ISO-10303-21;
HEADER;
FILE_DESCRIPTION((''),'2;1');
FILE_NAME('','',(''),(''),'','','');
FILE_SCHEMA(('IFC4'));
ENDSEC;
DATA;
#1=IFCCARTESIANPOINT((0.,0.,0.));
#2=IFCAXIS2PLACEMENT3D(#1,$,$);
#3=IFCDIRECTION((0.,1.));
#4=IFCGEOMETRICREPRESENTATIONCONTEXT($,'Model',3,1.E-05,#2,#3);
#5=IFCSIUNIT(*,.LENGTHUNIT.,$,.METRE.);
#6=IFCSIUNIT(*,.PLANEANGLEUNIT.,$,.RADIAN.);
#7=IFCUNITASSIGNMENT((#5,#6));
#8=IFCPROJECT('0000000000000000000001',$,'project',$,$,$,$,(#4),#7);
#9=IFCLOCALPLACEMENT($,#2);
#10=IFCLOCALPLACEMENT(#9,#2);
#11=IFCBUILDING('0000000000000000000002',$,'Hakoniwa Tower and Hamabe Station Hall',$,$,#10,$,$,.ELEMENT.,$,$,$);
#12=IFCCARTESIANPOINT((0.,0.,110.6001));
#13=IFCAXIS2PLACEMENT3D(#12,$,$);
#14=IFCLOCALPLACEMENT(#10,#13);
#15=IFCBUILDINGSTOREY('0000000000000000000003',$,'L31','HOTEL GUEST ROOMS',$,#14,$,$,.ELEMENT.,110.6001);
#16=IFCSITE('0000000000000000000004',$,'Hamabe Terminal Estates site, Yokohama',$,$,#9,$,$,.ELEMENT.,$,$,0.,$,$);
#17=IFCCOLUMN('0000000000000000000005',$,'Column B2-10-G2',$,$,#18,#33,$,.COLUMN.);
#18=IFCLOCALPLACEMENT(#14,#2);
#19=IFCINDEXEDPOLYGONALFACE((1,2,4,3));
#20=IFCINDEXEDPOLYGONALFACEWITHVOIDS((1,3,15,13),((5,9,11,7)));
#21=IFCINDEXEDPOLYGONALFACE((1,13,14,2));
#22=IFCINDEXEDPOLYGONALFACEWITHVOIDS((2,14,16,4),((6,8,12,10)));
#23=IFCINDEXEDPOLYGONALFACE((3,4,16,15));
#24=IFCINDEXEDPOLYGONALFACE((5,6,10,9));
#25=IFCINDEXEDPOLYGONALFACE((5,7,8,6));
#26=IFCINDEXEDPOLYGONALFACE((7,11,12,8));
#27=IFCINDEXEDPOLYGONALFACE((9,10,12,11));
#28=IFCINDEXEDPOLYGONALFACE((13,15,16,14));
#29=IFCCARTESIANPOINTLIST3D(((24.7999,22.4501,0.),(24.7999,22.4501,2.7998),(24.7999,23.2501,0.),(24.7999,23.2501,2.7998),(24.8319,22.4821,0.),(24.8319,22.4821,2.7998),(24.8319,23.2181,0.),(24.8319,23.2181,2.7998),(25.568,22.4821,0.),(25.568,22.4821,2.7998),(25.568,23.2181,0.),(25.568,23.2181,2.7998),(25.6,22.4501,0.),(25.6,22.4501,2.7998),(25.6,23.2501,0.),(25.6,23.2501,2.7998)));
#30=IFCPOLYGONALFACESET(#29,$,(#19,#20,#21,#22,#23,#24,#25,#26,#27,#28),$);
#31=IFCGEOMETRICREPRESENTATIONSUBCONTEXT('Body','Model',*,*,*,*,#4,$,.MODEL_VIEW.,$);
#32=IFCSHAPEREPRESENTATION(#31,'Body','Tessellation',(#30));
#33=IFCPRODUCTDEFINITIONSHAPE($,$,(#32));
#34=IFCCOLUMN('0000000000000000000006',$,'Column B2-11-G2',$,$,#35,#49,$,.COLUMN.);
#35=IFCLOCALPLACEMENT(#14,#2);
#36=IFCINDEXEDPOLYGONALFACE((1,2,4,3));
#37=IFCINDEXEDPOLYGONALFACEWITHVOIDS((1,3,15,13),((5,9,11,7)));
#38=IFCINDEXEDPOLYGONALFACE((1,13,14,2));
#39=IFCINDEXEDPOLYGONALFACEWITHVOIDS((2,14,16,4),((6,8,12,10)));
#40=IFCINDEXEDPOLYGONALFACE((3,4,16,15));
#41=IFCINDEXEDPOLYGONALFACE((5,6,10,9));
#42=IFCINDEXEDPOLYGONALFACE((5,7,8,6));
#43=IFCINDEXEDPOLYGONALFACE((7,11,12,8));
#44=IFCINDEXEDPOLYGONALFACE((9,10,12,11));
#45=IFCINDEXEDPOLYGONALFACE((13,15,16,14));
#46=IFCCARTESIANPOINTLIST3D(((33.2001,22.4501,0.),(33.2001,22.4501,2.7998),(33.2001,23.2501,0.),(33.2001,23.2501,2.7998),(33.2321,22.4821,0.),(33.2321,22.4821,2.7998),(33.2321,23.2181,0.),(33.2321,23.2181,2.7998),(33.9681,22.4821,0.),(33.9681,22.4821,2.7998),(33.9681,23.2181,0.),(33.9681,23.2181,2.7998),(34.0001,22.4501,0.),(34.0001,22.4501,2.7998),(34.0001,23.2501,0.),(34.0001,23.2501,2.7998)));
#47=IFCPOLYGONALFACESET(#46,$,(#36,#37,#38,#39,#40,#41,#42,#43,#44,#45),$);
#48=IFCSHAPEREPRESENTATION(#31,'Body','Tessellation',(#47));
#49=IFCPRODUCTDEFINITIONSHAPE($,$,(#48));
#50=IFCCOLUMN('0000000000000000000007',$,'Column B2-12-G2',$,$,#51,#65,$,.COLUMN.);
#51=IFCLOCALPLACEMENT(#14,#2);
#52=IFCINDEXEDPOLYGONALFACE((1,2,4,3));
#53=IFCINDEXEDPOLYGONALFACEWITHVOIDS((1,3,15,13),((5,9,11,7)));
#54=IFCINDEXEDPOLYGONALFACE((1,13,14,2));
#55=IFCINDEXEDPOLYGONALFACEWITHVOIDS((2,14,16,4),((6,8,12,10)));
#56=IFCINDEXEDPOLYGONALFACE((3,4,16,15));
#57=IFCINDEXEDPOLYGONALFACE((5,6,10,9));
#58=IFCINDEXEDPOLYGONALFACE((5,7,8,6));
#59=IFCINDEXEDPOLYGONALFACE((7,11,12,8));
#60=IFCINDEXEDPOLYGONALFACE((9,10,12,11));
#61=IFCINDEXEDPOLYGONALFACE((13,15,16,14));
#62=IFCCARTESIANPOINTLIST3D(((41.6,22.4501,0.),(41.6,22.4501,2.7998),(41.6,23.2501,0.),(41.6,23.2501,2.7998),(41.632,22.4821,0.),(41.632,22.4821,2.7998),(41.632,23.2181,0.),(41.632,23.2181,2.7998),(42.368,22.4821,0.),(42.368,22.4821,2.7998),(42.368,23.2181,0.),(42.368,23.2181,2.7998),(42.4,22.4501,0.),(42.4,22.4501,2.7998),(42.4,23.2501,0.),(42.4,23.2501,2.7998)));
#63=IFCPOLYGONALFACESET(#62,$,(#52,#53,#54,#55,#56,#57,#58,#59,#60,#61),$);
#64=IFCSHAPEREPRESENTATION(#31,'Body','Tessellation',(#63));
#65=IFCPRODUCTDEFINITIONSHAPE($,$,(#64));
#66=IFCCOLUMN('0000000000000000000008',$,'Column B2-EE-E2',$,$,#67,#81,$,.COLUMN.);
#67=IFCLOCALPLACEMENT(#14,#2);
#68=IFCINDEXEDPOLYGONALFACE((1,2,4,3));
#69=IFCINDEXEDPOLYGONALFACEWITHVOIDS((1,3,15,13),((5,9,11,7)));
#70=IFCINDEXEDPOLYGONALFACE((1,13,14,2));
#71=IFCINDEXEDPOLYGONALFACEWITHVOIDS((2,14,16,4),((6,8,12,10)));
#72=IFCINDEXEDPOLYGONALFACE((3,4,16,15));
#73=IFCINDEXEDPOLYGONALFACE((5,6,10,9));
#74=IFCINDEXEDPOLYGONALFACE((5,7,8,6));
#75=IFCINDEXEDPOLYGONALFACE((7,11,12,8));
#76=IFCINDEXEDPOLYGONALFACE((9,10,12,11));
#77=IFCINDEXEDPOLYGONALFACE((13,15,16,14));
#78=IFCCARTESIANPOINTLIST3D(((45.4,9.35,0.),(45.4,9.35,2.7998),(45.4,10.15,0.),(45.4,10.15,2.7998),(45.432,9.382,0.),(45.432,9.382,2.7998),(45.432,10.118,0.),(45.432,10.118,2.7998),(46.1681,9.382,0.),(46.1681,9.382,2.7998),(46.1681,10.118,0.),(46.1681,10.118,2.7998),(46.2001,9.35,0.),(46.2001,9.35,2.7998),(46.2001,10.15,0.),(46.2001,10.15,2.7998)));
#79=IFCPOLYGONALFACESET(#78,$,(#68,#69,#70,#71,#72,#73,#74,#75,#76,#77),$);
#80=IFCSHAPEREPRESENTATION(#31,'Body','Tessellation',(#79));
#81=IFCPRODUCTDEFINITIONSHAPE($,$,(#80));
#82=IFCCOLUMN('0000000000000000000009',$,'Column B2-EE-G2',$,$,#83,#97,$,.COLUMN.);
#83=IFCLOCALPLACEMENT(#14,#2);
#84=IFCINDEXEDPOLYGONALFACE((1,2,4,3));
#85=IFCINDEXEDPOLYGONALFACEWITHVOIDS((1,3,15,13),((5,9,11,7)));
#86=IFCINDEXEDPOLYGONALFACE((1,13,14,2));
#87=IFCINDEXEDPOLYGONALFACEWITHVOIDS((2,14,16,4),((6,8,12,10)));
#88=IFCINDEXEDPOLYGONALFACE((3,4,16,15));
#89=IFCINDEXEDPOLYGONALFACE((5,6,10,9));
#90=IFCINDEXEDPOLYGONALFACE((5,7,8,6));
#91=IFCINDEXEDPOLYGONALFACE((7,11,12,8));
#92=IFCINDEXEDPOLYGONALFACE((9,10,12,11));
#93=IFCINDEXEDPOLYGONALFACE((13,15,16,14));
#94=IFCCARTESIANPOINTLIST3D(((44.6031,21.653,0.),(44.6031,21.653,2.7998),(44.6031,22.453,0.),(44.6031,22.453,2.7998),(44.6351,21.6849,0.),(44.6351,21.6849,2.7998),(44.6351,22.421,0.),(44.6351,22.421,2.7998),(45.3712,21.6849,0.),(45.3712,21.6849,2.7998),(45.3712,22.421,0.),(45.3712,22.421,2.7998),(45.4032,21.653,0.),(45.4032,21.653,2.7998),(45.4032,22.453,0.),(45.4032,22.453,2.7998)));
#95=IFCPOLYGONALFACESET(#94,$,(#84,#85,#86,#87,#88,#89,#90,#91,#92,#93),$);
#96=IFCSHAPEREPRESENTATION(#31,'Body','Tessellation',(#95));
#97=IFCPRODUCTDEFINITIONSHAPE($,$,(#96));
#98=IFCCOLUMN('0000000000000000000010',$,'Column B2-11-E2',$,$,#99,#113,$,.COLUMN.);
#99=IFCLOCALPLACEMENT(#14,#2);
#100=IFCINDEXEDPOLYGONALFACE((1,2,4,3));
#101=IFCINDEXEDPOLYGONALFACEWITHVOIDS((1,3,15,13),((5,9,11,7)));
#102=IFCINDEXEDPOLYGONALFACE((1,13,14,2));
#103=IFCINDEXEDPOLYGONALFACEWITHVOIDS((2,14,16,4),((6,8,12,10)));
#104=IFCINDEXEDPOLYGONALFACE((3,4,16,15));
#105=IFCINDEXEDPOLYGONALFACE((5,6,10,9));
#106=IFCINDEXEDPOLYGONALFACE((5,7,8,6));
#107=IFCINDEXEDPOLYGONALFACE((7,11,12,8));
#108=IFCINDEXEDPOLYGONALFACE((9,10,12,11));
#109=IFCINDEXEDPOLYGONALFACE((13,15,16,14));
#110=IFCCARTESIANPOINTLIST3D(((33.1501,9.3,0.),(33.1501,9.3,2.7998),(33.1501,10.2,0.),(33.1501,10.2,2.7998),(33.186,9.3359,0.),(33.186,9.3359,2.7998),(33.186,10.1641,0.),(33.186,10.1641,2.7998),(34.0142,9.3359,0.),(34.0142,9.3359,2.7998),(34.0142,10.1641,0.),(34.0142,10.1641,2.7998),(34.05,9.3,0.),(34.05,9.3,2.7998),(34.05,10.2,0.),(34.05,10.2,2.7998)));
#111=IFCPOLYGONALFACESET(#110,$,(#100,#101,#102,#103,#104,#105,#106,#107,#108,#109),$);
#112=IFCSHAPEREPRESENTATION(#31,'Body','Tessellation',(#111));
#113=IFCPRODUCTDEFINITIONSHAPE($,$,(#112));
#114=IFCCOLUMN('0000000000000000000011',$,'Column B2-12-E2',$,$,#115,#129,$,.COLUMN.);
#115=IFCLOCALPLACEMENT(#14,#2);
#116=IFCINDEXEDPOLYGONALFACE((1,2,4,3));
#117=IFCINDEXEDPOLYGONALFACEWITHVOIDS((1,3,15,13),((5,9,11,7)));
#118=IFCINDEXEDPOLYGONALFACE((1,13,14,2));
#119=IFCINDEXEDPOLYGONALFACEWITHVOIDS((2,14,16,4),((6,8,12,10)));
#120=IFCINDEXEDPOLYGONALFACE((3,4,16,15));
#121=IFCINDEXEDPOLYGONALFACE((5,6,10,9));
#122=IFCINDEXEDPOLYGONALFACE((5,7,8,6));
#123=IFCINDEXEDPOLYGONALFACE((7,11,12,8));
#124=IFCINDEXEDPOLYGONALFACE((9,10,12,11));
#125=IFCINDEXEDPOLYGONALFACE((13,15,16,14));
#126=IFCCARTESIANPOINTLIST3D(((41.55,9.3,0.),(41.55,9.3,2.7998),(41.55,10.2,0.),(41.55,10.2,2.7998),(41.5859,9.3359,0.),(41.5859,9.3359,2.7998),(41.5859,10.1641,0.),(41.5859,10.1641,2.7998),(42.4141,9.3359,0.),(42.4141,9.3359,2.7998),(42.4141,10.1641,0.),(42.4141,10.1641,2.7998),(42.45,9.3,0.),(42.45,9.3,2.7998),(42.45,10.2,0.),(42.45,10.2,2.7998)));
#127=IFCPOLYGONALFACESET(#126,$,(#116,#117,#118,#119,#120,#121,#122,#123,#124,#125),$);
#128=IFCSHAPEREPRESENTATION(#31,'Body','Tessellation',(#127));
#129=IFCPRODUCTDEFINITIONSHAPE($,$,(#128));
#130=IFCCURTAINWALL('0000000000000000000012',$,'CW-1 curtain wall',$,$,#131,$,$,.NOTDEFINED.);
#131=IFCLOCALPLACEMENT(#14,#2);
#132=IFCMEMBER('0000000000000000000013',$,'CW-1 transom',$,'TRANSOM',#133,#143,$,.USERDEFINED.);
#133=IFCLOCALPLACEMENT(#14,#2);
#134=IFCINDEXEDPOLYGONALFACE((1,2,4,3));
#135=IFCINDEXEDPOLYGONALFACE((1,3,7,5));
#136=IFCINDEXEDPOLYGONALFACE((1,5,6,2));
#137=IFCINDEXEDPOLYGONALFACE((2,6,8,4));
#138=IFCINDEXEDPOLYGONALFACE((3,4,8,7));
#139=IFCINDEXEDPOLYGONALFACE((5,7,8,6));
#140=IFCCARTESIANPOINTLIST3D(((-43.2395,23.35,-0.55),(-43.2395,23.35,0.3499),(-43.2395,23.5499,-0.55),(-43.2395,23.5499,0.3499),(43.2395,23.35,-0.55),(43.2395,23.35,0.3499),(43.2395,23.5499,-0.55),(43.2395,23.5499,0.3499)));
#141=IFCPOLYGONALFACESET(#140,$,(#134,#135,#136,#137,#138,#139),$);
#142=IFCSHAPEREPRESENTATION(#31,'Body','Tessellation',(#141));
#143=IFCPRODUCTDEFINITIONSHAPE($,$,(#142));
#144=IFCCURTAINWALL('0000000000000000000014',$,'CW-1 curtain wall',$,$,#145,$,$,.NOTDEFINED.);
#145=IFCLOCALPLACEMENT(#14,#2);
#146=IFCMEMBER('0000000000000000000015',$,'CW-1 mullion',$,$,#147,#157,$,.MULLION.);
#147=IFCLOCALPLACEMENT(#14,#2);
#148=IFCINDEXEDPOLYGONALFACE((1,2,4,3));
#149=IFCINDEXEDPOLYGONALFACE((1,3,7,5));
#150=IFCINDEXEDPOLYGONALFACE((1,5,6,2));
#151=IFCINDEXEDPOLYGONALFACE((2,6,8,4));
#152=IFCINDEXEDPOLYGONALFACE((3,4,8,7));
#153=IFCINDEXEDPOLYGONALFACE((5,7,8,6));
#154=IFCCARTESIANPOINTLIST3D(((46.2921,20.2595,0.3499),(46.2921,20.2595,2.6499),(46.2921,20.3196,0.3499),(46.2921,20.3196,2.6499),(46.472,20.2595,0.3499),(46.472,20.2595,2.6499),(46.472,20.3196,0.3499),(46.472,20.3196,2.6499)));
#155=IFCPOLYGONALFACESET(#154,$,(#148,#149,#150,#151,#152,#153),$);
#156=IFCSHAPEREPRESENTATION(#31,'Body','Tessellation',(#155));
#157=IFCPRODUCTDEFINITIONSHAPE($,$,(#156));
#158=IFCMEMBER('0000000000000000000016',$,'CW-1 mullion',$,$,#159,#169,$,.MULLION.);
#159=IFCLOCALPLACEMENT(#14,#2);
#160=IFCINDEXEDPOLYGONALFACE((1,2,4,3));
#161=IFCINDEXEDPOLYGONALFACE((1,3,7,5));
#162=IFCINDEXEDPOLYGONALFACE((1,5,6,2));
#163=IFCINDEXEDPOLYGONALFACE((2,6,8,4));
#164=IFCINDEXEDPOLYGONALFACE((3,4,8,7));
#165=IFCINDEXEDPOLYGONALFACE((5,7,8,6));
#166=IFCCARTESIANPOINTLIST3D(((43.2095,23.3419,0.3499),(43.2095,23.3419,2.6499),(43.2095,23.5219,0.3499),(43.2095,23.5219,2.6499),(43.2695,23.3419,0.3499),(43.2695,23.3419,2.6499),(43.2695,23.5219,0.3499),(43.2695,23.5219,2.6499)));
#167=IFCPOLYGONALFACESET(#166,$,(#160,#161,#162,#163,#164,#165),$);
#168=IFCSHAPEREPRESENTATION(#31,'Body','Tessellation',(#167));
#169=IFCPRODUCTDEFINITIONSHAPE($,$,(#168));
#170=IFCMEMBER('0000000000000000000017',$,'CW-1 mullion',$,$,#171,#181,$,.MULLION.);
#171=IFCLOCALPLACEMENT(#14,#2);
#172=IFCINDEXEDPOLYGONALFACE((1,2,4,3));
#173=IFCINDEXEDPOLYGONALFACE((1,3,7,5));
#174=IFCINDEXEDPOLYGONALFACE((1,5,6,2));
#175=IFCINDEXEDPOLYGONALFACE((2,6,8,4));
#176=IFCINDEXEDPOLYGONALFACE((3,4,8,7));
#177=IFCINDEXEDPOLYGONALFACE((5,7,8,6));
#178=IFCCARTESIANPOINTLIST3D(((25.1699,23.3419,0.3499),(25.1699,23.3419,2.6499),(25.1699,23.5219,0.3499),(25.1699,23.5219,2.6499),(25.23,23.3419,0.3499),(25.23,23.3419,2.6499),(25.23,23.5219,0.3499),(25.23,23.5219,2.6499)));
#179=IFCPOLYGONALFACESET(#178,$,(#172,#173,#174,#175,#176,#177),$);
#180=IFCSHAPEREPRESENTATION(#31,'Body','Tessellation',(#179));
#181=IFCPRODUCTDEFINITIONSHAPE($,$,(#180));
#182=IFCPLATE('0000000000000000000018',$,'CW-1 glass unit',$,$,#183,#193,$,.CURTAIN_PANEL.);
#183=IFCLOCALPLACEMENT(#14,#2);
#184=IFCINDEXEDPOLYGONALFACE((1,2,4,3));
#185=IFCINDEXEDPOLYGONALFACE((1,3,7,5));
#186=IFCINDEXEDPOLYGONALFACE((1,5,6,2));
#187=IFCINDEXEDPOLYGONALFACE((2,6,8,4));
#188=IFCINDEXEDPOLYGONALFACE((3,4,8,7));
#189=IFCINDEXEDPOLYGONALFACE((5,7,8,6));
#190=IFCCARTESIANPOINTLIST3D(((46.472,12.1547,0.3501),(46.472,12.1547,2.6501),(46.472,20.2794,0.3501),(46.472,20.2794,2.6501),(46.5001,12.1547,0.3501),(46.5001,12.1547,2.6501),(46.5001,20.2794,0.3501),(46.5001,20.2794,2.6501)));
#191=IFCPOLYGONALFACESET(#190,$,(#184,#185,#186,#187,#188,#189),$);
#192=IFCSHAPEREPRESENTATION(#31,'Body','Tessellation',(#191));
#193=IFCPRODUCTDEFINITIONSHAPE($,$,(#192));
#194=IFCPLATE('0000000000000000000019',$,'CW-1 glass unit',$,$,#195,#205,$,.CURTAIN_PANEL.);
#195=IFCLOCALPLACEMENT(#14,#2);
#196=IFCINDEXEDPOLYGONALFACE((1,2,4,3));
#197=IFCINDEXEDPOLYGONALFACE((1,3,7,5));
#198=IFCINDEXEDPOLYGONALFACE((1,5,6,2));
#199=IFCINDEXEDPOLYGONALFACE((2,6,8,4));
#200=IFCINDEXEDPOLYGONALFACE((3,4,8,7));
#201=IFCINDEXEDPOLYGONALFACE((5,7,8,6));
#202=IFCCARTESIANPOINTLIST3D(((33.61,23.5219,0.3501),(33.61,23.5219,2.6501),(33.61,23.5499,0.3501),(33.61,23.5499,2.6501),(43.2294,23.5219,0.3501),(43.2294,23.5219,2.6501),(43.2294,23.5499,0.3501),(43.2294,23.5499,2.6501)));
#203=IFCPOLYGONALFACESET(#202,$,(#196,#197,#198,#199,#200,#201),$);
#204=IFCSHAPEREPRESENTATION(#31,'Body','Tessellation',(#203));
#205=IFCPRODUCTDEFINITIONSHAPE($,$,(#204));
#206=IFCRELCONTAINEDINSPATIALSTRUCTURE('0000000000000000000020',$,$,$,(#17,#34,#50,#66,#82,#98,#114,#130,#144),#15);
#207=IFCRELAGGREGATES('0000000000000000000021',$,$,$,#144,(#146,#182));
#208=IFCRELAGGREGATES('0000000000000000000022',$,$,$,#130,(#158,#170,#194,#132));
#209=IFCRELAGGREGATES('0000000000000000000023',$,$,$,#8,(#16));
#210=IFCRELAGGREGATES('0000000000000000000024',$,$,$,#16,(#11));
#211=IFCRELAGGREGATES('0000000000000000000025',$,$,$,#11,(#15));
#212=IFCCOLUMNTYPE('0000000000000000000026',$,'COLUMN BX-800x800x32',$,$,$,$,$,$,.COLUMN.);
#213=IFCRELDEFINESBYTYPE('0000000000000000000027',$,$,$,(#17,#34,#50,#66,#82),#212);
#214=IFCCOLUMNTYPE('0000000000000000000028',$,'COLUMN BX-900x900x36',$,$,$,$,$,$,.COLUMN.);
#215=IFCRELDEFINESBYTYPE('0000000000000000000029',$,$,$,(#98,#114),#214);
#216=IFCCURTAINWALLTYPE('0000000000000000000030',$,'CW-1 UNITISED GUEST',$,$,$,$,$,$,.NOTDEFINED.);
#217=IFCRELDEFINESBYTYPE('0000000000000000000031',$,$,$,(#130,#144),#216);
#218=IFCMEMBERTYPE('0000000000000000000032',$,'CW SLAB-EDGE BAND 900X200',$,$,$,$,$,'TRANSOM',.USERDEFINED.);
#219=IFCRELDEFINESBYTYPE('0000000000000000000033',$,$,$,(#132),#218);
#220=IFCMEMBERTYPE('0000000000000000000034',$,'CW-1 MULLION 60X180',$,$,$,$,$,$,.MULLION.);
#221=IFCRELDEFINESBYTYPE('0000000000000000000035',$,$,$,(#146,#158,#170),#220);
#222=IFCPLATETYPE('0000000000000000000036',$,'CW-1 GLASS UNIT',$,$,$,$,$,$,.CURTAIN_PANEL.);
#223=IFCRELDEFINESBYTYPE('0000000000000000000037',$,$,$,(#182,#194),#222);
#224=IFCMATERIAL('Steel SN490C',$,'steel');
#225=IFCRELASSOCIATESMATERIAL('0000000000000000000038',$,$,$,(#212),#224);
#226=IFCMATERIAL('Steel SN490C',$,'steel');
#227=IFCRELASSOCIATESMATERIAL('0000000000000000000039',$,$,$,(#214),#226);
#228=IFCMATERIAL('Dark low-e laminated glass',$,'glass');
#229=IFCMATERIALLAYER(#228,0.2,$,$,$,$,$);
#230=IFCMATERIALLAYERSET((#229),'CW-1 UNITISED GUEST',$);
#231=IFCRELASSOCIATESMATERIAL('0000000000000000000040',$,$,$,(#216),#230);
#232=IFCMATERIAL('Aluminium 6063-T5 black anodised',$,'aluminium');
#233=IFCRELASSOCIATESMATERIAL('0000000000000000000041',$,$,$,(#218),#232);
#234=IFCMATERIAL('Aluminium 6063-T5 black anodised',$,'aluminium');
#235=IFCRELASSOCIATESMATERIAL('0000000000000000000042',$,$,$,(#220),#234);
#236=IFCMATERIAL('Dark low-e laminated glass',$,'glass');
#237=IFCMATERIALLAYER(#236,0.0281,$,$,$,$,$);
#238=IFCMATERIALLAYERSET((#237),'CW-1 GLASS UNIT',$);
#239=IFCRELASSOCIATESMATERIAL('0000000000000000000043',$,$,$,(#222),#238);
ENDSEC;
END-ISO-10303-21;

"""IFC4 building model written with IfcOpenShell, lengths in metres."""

from ifc_helpers import new_model, si_unit, direction, frame, origin, origin_2d, place, context, subcontext, project, spatial, rectangle, hollow_rectangle, extrude, material, layer, layer_set, material_profile, profile_set, type_object, element, aggregate, save


model = new_model("IFC4")

# Units and contexts
model_context = context("Model", 3, precision=1e-05, world=origin(), true_north=direction((0.0, 1.0)))
body_context = subcontext(model_context, "Body", "Model", "MODEL_VIEW")
ifc_project = project(units=[si_unit("LENGTHUNIT", "METRE"), si_unit("PLANEANGLEUNIT", "RADIAN")], contexts=[model_context])

# Site, building, storey
site_placement = place(None, origin())
site = spatial("IfcSite", under=ifc_project, at=site_placement, Name="Hamabe Terminal Estates site, Yokohama", CompositionType="ELEMENT", RefElevation=0.0)
building_placement = place(site_placement, origin())
building = spatial("IfcBuilding", under=site, at=building_placement, Name="Hakoniwa Tower and Hamabe Station Hall", CompositionType="ELEMENT")
storey_placement = place(building_placement, frame((0.0, 0.0, 110.6001)))
storey = spatial("IfcBuildingStorey", under=building, at=storey_placement, Name="L31", Description="HOTEL GUEST ROOMS", CompositionType="ELEMENT", Elevation=110.6001)

# Columns
ifc_material_1 = material(Name="Steel SN490C", Category="steel")
ifc_material_profile_1 = material_profile(ifc_material_1, hollow_rectangle(XDim=0.8, YDim=0.8, WallThickness=0.032, at=origin_2d()), Name="BX-800x800x32")
ifc_profile_set_1 = profile_set([ifc_material_profile_1], Name="Steel SN490C")
column_type_1 = type_object("IfcColumnType", Name="COLUMN BX-800x800x32", PredefinedType="COLUMN", material=ifc_profile_set_1)
for number, where, z_axis, x_axis, name in (
    (1, (25.2, 22.8501, 0.0), (0.0, 0.0, 1.0), (1.0, 0.0, 0.0), "Column B2-10-G2"),
    (2, (33.6001, 22.8501, 0.0), (0.0, 0.0, 1.0), (1.0, 0.0, 0.0), "Column B2-11-G2"),
    (3, (42.0, 22.8501, 0.0), (0.0, 0.0, 1.0), (1.0, 0.0, 0.0), "Column B2-12-G2"),
    (4, (45.8, 9.75, 0.0), (0.0, 0.0, 1.0), (1.0, 0.0, 0.0), "Column B2-EE-E2"),
    (5, (45.0032, 22.053, 0.0), (0.0, 0.0, 1.0), (1.0, 0.0, 0.0), "Column B2-EE-G2"),
):
    element("IfcColumn", number, at=place(storey_placement, frame(where, z_axis=z_axis, x_axis=x_axis)), inside=storey, type_object=column_type_1, Name=name, PredefinedType="COLUMN", context=body_context, shape_type="SweptSolid", body=[
        extrude(hollow_rectangle(XDim=0.8, YDim=0.8, WallThickness=0.032, at=origin_2d()), origin(), (0.0, 0.0, 1.0), 2.7998),
    ])
ifc_material_2 = material(Name="Steel SN490C", Category="steel")
ifc_material_profile_2 = material_profile(ifc_material_2, hollow_rectangle(XDim=0.8999, YDim=0.8999, WallThickness=0.0359, at=origin_2d()), Name="BX-900x900x36")
ifc_profile_set_2 = profile_set([ifc_material_profile_2], Name="Steel SN490C")
column_type_2 = type_object("IfcColumnType", Name="COLUMN BX-900x900x36", PredefinedType="COLUMN", material=ifc_profile_set_2)
for number, where, z_axis, x_axis, name in (
    (6, (33.6001, 9.75, 0.0), (0.0, 0.0, 1.0), (1.0, 0.0, 0.0), "Column B2-11-E2"),
    (7, (42.0, 9.75, 0.0), (0.0, 0.0, 1.0), (1.0, 0.0, 0.0), "Column B2-12-E2"),
):
    element("IfcColumn", number, at=place(storey_placement, frame(where, z_axis=z_axis, x_axis=x_axis)), inside=storey, type_object=column_type_2, Name=name, PredefinedType="COLUMN", context=body_context, shape_type="SweptSolid", body=[
        extrude(hollow_rectangle(XDim=0.8999, YDim=0.8999, WallThickness=0.0359, at=origin_2d()), origin(), (0.0, 0.0, 1.0), 2.7998),
    ])

# Curtain walls, members
ifc_material_3 = material(Name="Dark low-e laminated glass", Category="glass")
ifc_layer_1 = layer(ifc_material_3, 0.2)
ifc_layer_set_1 = layer_set([ifc_layer_1], Name="CW-1 UNITISED GUEST")
curtain_wall_type = type_object("IfcCurtainWallType", Name="CW-1 UNITISED GUEST", PredefinedType="NOTDEFINED", material=ifc_layer_set_1)
curtain_wall_1_placement = place(storey_placement, origin())
curtain_wall_1 = element("IfcCurtainWall", 8, at=curtain_wall_1_placement, inside=storey, type_object=curtain_wall_type, Name="CW-1 curtain wall", PredefinedType="NOTDEFINED")
ifc_material_4 = material(Name="Aluminium 6063-T5 black anodised", Category="aluminium")
ifc_material_profile_3 = material_profile(ifc_material_4, rectangle(XDim=0.2, YDim=0.8999, at=origin_2d()), Name="CW SLAB-EDGE BAND 900X200")
ifc_profile_set_3 = profile_set([ifc_material_profile_3], Name="Aluminium 6063-T5 black anodised")
member_type_1 = type_object("IfcMemberType", Name="CW SLAB-EDGE BAND 900X200", ElementType="TRANSOM", PredefinedType="USERDEFINED", material=ifc_profile_set_3)
member_1_placement = place(storey_placement, frame((43.2395, 23.45, -0.1001), z_axis=(-1.0, 0.0, 0.0), x_axis=(0.0, -1.0, 0.0)))
member_1 = element("IfcMember", 9, at=member_1_placement, type_object=member_type_1, Name="CW-1 transom", ObjectType="TRANSOM", PredefinedType="USERDEFINED", context=body_context, shape_type="SweptSolid", body=[
    extrude(rectangle(XDim=0.2, YDim=0.8999, at=origin_2d()), origin(), (0.0, 0.0, 1.0), 86.479),
])
curtain_wall_2_placement = place(storey_placement, origin())
curtain_wall_2 = element("IfcCurtainWall", 10, at=curtain_wall_2_placement, inside=storey, type_object=curtain_wall_type, Name="CW-1 curtain wall", PredefinedType="NOTDEFINED")
ifc_material_5 = material(Name="Aluminium 6063-T5 black anodised", Category="aluminium")
ifc_material_profile_4 = material_profile(ifc_material_5, rectangle(XDim=0.0601, YDim=0.1799, at=origin_2d()), Name="CW-1 MULLION 60X180")
ifc_profile_set_4 = profile_set([ifc_material_profile_4], Name="Aluminium 6063-T5 black anodised")
member_type_2 = type_object("IfcMemberType", Name="CW-1 MULLION 60X180", PredefinedType="MULLION", material=ifc_profile_set_4)
member_2_placement = place(storey_placement, frame((46.3821, 20.2896, 0.3499), z_axis=(0.0, 0.0, 1.0), x_axis=(0.0, 1.0, 0.0)))
member_2 = element("IfcMember", 11, at=member_2_placement, type_object=member_type_2, Name="CW-1 mullion", PredefinedType="MULLION", context=body_context, shape_type="SweptSolid", body=[
    extrude(rectangle(XDim=0.0601, YDim=0.1799, at=origin_2d()), origin(), (0.0, 0.0, 1.0), 2.3),
])

# Members
member_3_placement = place(storey_placement, frame((43.2395, 23.4319, 0.3499), z_axis=(0.0, 0.0, 1.0), x_axis=(-1.0, 0.0, 0.0)))
member_3 = element("IfcMember", 12, at=member_3_placement, type_object=member_type_2, Name="CW-1 mullion", PredefinedType="MULLION", context=body_context, shape_type="SweptSolid", body=[
    extrude(rectangle(XDim=0.0601, YDim=0.1799, at=origin_2d()), origin(), (0.0, 0.0, 1.0), 2.3),
])
member_4_placement = place(storey_placement, frame((25.2, 23.4319, 0.3499), z_axis=(0.0, 0.0, 1.0), x_axis=(-1.0, 0.0, 0.0)))
member_4 = element("IfcMember", 13, at=member_4_placement, type_object=member_type_2, Name="CW-1 mullion", PredefinedType="MULLION", context=body_context, shape_type="SweptSolid", body=[
    extrude(rectangle(XDim=0.0601, YDim=0.1799, at=origin_2d()), origin(), (0.0, 0.0, 1.0), 2.3),
])

# Plates
ifc_material_6 = material(Name="Dark low-e laminated glass", Category="glass")
ifc_layer_2 = layer(ifc_material_6, 0.0281)
ifc_layer_set_2 = layer_set([ifc_layer_2], Name="CW-1 GLASS UNIT")
plate_type = type_object("IfcPlateType", Name="CW-1 GLASS UNIT", PredefinedType="CURTAIN_PANEL", material=ifc_layer_set_2)
plate_1_placement = place(storey_placement, frame((46.4861, 16.217, 0.3501), z_axis=(0.0, 0.0, 1.0), x_axis=(0.0, 1.0, 0.0)))
plate_1 = element("IfcPlate", 14, at=plate_1_placement, type_object=plate_type, Name="CW-1 glass unit", PredefinedType="CURTAIN_PANEL", context=body_context, shape_type="SweptSolid", body=[
    extrude(rectangle(XDim=8.1248, YDim=0.0281, at=origin_2d()), origin(), (0.0, 0.0, 1.0), 2.3),
])
aggregate(curtain_wall_2, [member_2, plate_1])
plate_2_placement = place(storey_placement, frame((38.4197, 23.5359, 0.3501), z_axis=(0.0, 0.0, 1.0), x_axis=(-1.0, 0.0, 0.0)))
plate_2 = element("IfcPlate", 15, at=plate_2_placement, type_object=plate_type, Name="CW-1 glass unit", PredefinedType="CURTAIN_PANEL", context=body_context, shape_type="SweptSolid", body=[
    extrude(rectangle(XDim=9.6194, YDim=0.0281, at=origin_2d()), origin(), (0.0, 0.0, 1.0), 2.3),
])
aggregate(curtain_wall_1, [member_3, member_4, plate_2, member_1])

save(model, "model.ifc")
